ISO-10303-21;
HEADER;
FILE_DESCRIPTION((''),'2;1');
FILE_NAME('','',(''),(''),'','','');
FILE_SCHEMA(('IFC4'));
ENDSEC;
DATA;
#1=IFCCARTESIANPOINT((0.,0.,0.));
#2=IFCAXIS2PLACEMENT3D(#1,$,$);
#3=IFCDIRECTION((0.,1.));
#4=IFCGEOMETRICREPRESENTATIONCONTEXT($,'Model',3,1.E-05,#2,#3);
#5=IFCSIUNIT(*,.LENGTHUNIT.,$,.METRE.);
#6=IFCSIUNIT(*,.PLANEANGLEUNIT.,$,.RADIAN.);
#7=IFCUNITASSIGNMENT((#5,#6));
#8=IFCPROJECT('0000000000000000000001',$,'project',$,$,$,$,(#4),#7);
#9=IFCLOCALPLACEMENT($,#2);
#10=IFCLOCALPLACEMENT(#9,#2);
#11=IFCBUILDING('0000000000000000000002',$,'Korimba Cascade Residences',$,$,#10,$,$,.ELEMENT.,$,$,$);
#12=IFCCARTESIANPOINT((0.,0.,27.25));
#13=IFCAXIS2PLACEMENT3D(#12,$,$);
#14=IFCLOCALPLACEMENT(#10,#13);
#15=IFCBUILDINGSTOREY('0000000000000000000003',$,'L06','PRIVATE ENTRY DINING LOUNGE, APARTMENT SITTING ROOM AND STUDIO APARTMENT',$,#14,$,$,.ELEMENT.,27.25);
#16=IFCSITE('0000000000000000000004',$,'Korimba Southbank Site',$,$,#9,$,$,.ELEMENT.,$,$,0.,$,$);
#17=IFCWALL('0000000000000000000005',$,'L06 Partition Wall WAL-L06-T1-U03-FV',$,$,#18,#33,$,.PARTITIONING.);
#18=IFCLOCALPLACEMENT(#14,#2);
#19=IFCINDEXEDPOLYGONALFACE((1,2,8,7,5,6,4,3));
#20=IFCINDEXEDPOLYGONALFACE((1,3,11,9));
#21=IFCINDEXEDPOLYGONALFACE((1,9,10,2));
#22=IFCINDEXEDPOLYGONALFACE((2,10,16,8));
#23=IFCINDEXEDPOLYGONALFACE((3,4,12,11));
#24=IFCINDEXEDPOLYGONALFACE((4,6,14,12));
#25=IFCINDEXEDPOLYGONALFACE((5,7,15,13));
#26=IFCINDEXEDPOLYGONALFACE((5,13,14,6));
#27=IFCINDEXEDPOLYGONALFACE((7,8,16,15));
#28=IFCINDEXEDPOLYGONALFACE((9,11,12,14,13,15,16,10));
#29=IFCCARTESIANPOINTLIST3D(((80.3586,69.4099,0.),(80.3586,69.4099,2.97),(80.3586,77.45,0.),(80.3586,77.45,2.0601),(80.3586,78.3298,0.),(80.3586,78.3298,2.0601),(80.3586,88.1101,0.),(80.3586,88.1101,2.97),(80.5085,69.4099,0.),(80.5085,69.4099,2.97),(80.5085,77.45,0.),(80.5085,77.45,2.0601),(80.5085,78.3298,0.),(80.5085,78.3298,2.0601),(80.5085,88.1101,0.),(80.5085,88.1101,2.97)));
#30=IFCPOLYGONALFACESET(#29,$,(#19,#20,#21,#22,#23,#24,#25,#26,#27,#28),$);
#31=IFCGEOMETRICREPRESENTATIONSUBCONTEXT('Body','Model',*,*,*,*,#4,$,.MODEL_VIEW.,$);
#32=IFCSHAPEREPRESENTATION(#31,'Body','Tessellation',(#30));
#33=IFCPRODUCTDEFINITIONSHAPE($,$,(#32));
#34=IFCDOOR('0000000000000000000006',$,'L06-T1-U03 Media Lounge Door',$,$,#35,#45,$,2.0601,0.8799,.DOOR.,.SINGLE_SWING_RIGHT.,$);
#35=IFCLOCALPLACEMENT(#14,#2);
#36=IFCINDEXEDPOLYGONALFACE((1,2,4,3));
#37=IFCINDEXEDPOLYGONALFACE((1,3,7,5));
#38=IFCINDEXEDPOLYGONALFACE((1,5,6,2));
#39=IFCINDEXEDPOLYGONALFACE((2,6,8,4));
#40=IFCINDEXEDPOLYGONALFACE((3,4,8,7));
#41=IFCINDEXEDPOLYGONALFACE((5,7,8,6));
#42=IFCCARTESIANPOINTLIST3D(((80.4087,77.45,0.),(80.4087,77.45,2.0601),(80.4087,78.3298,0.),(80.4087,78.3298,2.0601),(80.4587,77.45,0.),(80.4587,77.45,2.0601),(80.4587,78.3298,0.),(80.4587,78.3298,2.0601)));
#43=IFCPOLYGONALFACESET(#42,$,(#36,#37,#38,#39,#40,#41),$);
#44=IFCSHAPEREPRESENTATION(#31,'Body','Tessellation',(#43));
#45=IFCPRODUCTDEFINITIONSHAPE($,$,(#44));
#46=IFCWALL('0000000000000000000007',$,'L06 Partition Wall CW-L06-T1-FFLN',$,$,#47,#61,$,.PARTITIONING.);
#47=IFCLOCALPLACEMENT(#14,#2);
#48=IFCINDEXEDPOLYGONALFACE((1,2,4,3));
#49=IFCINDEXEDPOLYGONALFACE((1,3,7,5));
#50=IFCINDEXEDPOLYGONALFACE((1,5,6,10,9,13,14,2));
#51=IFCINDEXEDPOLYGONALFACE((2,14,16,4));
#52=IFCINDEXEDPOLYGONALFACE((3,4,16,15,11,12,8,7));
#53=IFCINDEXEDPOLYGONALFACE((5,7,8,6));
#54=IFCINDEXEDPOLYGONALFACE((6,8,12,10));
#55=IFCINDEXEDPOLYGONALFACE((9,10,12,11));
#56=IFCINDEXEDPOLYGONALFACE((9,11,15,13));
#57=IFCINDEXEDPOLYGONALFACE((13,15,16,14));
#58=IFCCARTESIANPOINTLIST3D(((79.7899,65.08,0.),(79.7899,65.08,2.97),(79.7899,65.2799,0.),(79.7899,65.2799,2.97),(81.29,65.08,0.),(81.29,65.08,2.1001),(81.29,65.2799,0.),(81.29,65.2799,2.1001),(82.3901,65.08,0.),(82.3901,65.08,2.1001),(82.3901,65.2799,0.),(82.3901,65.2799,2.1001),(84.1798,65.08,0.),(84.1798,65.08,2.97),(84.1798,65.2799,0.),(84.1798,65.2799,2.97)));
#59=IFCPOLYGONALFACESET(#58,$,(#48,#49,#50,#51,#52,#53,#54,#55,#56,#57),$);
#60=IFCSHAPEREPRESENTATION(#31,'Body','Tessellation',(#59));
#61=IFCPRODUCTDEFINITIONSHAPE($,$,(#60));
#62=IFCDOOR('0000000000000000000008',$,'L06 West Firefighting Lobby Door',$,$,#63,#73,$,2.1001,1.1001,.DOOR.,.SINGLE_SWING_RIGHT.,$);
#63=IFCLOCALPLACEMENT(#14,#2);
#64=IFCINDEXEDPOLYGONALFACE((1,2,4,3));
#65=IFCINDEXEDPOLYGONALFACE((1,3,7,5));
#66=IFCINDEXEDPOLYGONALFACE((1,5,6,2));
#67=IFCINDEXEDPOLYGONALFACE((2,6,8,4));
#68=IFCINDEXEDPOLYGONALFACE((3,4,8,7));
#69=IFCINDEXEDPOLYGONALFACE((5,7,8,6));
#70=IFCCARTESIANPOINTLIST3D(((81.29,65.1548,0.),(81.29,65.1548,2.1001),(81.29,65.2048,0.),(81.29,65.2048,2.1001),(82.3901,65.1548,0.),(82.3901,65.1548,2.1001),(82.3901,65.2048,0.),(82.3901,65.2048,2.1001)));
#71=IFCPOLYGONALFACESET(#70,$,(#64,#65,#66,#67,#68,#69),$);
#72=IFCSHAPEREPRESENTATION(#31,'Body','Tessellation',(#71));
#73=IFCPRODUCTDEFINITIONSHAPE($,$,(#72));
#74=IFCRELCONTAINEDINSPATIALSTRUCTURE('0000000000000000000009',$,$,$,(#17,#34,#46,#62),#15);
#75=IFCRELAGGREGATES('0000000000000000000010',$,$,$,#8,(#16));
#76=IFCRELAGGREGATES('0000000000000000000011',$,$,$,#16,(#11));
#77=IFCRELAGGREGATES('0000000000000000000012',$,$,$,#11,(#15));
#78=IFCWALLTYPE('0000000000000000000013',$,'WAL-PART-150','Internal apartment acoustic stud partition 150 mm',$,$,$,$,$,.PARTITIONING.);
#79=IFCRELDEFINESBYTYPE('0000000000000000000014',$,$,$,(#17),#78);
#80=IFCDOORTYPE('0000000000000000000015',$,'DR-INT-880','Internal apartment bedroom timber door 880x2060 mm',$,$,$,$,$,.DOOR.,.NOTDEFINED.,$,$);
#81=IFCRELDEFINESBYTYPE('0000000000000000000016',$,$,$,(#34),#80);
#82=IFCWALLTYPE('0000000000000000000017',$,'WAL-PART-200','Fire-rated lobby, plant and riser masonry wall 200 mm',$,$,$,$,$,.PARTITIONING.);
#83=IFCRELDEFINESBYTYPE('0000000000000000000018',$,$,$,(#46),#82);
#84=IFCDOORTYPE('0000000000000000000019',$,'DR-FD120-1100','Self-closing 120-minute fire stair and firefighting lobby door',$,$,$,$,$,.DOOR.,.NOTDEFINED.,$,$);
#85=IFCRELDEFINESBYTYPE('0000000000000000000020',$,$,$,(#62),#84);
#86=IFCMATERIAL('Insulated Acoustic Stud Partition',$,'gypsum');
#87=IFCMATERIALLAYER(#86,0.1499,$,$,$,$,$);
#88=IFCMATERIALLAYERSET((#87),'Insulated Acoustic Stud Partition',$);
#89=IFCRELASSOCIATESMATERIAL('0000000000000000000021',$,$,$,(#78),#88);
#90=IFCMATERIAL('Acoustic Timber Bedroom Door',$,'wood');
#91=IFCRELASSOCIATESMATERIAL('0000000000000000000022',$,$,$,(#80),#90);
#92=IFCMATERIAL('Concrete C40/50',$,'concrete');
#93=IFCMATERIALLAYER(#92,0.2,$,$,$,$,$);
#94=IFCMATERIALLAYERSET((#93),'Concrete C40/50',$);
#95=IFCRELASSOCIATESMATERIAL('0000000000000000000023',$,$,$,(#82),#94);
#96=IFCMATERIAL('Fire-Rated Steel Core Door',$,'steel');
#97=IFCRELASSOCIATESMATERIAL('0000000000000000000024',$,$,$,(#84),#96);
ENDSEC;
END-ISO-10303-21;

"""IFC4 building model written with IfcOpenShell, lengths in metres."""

from ifc_helpers import new_model, si_unit, direction, frame, frame_2d, origin, place, context, subcontext, project, spatial, rectangle, extrude, material, layer, layer_set, type_object, element, fill, save


model = new_model("IFC4")

# Units and contexts
model_context = context("Model", 3, precision=1e-05, world=origin(), true_north=direction((0.0, 1.0)))
body_context = subcontext(model_context, "Body", "Model", "MODEL_VIEW")
ifc_project = project(units=[si_unit("LENGTHUNIT", "METRE"), si_unit("PLANEANGLEUNIT", "RADIAN")], contexts=[model_context])

# Site, building, storey
site_placement = place(None, origin())
site = spatial("IfcSite", under=ifc_project, at=site_placement, Name="Korimba Southbank Site", CompositionType="ELEMENT", RefElevation=0.0)
building_placement = place(site_placement, origin())
building = spatial("IfcBuilding", under=site, at=building_placement, Name="Korimba Cascade Residences", CompositionType="ELEMENT")
storey_placement = place(building_placement, frame((0.0, 0.0, 27.25)))
storey = spatial("IfcBuildingStorey", under=building, at=storey_placement, Name="L06", Description="PRIVATE ENTRY DINING LOUNGE, APARTMENT SITTING ROOM AND STUDIO APARTMENT", CompositionType="ELEMENT", Elevation=27.25)

# Walls, openings, doors
ifc_material_1 = material(Name="Insulated Acoustic Stud Partition", Category="gypsum")
ifc_layer_1 = layer(ifc_material_1, 0.1499)
ifc_layer_set_1 = layer_set([ifc_layer_1], Name="Insulated Acoustic Stud Partition")
wall_type_1 = type_object("IfcWallType", Name="WAL-PART-150", Description="Internal apartment acoustic stud partition 150 mm", PredefinedType="PARTITIONING", material=ifc_layer_set_1)
wall_1_placement = place(storey_placement, frame((80.4336, 69.4099, 0.0), z_axis=(0.0, 0.0, 1.0), x_axis=(0.0, 1.0, 0.0)))
wall_1 = element("IfcWall", 1, at=wall_1_placement, inside=storey, type_object=wall_type_1, Name="L06 Partition Wall WAL-L06-T1-U03-FV", PredefinedType="PARTITIONING", context=body_context, shape_type="SweptSolid", body=[
    extrude(rectangle(XDim=18.7002, YDim=0.1499, at=frame_2d((9.3501, 0.0))), origin(), (0.0, 0.0, 1.0), 2.97),
])
opening_1_placement = place(wall_1_placement, frame((8.04, 0.0, 0.0)))
opening_1 = element("IfcOpeningElement", 2, at=opening_1_placement, cuts=wall_1, PredefinedType="OPENING", context=body_context, shape_type="SweptSolid", body=[
    extrude(rectangle(XDim=0.8799, YDim=2.0601, at=frame_2d((0.4399, 1.03))), frame((0.0, 0.085, 0.0), z_axis=(0.0, -1.0, 0.0), x_axis=(1.0, 0.0, 0.0)), (0.0, 0.0, 1.0), 0.1699),
])
ifc_material_2 = material(Name="Acoustic Timber Bedroom Door", Category="wood")
door_type_1 = type_object("IfcDoorType", Name="DR-INT-880", Description="Internal apartment bedroom timber door 880x2060 mm", OperationType="NOTDEFINED", PredefinedType="DOOR", material=ifc_material_2)
door_1_placement = place(opening_1_placement, origin())
door_1 = element("IfcDoor", 3, at=door_1_placement, inside=storey, type_object=door_type_1, Name="L06-T1-U03 Media Lounge Door", OperationType="SINGLE_SWING_RIGHT", OverallHeight=2.0601, OverallWidth=0.8799, PredefinedType="DOOR", context=body_context, shape_type="SweptSolid", body=[
    extrude(rectangle(XDim=0.8799, YDim=2.0601, at=frame_2d((0.4399, 1.03))), frame((0.0, 0.0249, 0.0), z_axis=(0.0, -1.0, 0.0), x_axis=(1.0, 0.0, 0.0)), (0.0, 0.0, 1.0), 0.05),
])
fill(opening_1, door_1)
ifc_material_3 = material(Name="Concrete C40/50", Category="concrete")
ifc_layer_2 = layer(ifc_material_3, 0.2)
ifc_layer_set_2 = layer_set([ifc_layer_2], Name="Concrete C40/50")
wall_type_2 = type_object("IfcWallType", Name="WAL-PART-200", Description="Fire-rated lobby, plant and riser masonry wall 200 mm", PredefinedType="PARTITIONING", material=ifc_layer_set_2)
wall_2_placement = place(storey_placement, frame((79.79, 65.1799, 0.0), z_axis=(0.0, 0.0, 1.0), x_axis=(1.0, 0.0, 0.0)))
wall_2 = element("IfcWall", 4, at=wall_2_placement, inside=storey, type_object=wall_type_2, Name="L06 Partition Wall CW-L06-T1-FFLN", PredefinedType="PARTITIONING", context=body_context, shape_type="SweptSolid", body=[
    extrude(rectangle(XDim=4.3899, YDim=0.2, at=frame_2d((2.1948, 0.0))), origin(), (0.0, 0.0, 1.0), 2.97),
])
opening_2_placement = place(wall_2_placement, frame((1.5, 0.0, 0.0)))
opening_2 = element("IfcOpeningElement", 5, at=opening_2_placement, cuts=wall_2, PredefinedType="OPENING", context=body_context, shape_type="SweptSolid", body=[
    extrude(rectangle(XDim=1.1001, YDim=2.1001, at=frame_2d((0.55, 1.05))), frame((0.0, 0.1099, 0.0), z_axis=(0.0, -1.0, 0.0), x_axis=(1.0, 0.0, 0.0)), (0.0, 0.0, 1.0), 0.22),
])
ifc_material_4 = material(Name="Fire-Rated Steel Core Door", Category="steel")
door_type_2 = type_object("IfcDoorType", Name="DR-FD120-1100", Description="Self-closing 120-minute fire stair and firefighting lobby door", OperationType="NOTDEFINED", PredefinedType="DOOR", material=ifc_material_4)
door_2_placement = place(opening_2_placement, origin())
door_2 = element("IfcDoor", 6, at=door_2_placement, inside=storey, type_object=door_type_2, Name="L06 West Firefighting Lobby Door", OperationType="SINGLE_SWING_RIGHT", OverallHeight=2.1001, OverallWidth=1.1001, PredefinedType="DOOR", context=body_context, shape_type="SweptSolid", body=[
    extrude(rectangle(XDim=1.1001, YDim=2.1001, at=frame_2d((0.55, 1.05))), frame((0.0, 0.0249, 0.0), z_axis=(0.0, -1.0, 0.0), x_axis=(1.0, 0.0, 0.0)), (0.0, 0.0, 1.0), 0.05),
])
fill(opening_2, door_2)

save(model, "model.ifc")
